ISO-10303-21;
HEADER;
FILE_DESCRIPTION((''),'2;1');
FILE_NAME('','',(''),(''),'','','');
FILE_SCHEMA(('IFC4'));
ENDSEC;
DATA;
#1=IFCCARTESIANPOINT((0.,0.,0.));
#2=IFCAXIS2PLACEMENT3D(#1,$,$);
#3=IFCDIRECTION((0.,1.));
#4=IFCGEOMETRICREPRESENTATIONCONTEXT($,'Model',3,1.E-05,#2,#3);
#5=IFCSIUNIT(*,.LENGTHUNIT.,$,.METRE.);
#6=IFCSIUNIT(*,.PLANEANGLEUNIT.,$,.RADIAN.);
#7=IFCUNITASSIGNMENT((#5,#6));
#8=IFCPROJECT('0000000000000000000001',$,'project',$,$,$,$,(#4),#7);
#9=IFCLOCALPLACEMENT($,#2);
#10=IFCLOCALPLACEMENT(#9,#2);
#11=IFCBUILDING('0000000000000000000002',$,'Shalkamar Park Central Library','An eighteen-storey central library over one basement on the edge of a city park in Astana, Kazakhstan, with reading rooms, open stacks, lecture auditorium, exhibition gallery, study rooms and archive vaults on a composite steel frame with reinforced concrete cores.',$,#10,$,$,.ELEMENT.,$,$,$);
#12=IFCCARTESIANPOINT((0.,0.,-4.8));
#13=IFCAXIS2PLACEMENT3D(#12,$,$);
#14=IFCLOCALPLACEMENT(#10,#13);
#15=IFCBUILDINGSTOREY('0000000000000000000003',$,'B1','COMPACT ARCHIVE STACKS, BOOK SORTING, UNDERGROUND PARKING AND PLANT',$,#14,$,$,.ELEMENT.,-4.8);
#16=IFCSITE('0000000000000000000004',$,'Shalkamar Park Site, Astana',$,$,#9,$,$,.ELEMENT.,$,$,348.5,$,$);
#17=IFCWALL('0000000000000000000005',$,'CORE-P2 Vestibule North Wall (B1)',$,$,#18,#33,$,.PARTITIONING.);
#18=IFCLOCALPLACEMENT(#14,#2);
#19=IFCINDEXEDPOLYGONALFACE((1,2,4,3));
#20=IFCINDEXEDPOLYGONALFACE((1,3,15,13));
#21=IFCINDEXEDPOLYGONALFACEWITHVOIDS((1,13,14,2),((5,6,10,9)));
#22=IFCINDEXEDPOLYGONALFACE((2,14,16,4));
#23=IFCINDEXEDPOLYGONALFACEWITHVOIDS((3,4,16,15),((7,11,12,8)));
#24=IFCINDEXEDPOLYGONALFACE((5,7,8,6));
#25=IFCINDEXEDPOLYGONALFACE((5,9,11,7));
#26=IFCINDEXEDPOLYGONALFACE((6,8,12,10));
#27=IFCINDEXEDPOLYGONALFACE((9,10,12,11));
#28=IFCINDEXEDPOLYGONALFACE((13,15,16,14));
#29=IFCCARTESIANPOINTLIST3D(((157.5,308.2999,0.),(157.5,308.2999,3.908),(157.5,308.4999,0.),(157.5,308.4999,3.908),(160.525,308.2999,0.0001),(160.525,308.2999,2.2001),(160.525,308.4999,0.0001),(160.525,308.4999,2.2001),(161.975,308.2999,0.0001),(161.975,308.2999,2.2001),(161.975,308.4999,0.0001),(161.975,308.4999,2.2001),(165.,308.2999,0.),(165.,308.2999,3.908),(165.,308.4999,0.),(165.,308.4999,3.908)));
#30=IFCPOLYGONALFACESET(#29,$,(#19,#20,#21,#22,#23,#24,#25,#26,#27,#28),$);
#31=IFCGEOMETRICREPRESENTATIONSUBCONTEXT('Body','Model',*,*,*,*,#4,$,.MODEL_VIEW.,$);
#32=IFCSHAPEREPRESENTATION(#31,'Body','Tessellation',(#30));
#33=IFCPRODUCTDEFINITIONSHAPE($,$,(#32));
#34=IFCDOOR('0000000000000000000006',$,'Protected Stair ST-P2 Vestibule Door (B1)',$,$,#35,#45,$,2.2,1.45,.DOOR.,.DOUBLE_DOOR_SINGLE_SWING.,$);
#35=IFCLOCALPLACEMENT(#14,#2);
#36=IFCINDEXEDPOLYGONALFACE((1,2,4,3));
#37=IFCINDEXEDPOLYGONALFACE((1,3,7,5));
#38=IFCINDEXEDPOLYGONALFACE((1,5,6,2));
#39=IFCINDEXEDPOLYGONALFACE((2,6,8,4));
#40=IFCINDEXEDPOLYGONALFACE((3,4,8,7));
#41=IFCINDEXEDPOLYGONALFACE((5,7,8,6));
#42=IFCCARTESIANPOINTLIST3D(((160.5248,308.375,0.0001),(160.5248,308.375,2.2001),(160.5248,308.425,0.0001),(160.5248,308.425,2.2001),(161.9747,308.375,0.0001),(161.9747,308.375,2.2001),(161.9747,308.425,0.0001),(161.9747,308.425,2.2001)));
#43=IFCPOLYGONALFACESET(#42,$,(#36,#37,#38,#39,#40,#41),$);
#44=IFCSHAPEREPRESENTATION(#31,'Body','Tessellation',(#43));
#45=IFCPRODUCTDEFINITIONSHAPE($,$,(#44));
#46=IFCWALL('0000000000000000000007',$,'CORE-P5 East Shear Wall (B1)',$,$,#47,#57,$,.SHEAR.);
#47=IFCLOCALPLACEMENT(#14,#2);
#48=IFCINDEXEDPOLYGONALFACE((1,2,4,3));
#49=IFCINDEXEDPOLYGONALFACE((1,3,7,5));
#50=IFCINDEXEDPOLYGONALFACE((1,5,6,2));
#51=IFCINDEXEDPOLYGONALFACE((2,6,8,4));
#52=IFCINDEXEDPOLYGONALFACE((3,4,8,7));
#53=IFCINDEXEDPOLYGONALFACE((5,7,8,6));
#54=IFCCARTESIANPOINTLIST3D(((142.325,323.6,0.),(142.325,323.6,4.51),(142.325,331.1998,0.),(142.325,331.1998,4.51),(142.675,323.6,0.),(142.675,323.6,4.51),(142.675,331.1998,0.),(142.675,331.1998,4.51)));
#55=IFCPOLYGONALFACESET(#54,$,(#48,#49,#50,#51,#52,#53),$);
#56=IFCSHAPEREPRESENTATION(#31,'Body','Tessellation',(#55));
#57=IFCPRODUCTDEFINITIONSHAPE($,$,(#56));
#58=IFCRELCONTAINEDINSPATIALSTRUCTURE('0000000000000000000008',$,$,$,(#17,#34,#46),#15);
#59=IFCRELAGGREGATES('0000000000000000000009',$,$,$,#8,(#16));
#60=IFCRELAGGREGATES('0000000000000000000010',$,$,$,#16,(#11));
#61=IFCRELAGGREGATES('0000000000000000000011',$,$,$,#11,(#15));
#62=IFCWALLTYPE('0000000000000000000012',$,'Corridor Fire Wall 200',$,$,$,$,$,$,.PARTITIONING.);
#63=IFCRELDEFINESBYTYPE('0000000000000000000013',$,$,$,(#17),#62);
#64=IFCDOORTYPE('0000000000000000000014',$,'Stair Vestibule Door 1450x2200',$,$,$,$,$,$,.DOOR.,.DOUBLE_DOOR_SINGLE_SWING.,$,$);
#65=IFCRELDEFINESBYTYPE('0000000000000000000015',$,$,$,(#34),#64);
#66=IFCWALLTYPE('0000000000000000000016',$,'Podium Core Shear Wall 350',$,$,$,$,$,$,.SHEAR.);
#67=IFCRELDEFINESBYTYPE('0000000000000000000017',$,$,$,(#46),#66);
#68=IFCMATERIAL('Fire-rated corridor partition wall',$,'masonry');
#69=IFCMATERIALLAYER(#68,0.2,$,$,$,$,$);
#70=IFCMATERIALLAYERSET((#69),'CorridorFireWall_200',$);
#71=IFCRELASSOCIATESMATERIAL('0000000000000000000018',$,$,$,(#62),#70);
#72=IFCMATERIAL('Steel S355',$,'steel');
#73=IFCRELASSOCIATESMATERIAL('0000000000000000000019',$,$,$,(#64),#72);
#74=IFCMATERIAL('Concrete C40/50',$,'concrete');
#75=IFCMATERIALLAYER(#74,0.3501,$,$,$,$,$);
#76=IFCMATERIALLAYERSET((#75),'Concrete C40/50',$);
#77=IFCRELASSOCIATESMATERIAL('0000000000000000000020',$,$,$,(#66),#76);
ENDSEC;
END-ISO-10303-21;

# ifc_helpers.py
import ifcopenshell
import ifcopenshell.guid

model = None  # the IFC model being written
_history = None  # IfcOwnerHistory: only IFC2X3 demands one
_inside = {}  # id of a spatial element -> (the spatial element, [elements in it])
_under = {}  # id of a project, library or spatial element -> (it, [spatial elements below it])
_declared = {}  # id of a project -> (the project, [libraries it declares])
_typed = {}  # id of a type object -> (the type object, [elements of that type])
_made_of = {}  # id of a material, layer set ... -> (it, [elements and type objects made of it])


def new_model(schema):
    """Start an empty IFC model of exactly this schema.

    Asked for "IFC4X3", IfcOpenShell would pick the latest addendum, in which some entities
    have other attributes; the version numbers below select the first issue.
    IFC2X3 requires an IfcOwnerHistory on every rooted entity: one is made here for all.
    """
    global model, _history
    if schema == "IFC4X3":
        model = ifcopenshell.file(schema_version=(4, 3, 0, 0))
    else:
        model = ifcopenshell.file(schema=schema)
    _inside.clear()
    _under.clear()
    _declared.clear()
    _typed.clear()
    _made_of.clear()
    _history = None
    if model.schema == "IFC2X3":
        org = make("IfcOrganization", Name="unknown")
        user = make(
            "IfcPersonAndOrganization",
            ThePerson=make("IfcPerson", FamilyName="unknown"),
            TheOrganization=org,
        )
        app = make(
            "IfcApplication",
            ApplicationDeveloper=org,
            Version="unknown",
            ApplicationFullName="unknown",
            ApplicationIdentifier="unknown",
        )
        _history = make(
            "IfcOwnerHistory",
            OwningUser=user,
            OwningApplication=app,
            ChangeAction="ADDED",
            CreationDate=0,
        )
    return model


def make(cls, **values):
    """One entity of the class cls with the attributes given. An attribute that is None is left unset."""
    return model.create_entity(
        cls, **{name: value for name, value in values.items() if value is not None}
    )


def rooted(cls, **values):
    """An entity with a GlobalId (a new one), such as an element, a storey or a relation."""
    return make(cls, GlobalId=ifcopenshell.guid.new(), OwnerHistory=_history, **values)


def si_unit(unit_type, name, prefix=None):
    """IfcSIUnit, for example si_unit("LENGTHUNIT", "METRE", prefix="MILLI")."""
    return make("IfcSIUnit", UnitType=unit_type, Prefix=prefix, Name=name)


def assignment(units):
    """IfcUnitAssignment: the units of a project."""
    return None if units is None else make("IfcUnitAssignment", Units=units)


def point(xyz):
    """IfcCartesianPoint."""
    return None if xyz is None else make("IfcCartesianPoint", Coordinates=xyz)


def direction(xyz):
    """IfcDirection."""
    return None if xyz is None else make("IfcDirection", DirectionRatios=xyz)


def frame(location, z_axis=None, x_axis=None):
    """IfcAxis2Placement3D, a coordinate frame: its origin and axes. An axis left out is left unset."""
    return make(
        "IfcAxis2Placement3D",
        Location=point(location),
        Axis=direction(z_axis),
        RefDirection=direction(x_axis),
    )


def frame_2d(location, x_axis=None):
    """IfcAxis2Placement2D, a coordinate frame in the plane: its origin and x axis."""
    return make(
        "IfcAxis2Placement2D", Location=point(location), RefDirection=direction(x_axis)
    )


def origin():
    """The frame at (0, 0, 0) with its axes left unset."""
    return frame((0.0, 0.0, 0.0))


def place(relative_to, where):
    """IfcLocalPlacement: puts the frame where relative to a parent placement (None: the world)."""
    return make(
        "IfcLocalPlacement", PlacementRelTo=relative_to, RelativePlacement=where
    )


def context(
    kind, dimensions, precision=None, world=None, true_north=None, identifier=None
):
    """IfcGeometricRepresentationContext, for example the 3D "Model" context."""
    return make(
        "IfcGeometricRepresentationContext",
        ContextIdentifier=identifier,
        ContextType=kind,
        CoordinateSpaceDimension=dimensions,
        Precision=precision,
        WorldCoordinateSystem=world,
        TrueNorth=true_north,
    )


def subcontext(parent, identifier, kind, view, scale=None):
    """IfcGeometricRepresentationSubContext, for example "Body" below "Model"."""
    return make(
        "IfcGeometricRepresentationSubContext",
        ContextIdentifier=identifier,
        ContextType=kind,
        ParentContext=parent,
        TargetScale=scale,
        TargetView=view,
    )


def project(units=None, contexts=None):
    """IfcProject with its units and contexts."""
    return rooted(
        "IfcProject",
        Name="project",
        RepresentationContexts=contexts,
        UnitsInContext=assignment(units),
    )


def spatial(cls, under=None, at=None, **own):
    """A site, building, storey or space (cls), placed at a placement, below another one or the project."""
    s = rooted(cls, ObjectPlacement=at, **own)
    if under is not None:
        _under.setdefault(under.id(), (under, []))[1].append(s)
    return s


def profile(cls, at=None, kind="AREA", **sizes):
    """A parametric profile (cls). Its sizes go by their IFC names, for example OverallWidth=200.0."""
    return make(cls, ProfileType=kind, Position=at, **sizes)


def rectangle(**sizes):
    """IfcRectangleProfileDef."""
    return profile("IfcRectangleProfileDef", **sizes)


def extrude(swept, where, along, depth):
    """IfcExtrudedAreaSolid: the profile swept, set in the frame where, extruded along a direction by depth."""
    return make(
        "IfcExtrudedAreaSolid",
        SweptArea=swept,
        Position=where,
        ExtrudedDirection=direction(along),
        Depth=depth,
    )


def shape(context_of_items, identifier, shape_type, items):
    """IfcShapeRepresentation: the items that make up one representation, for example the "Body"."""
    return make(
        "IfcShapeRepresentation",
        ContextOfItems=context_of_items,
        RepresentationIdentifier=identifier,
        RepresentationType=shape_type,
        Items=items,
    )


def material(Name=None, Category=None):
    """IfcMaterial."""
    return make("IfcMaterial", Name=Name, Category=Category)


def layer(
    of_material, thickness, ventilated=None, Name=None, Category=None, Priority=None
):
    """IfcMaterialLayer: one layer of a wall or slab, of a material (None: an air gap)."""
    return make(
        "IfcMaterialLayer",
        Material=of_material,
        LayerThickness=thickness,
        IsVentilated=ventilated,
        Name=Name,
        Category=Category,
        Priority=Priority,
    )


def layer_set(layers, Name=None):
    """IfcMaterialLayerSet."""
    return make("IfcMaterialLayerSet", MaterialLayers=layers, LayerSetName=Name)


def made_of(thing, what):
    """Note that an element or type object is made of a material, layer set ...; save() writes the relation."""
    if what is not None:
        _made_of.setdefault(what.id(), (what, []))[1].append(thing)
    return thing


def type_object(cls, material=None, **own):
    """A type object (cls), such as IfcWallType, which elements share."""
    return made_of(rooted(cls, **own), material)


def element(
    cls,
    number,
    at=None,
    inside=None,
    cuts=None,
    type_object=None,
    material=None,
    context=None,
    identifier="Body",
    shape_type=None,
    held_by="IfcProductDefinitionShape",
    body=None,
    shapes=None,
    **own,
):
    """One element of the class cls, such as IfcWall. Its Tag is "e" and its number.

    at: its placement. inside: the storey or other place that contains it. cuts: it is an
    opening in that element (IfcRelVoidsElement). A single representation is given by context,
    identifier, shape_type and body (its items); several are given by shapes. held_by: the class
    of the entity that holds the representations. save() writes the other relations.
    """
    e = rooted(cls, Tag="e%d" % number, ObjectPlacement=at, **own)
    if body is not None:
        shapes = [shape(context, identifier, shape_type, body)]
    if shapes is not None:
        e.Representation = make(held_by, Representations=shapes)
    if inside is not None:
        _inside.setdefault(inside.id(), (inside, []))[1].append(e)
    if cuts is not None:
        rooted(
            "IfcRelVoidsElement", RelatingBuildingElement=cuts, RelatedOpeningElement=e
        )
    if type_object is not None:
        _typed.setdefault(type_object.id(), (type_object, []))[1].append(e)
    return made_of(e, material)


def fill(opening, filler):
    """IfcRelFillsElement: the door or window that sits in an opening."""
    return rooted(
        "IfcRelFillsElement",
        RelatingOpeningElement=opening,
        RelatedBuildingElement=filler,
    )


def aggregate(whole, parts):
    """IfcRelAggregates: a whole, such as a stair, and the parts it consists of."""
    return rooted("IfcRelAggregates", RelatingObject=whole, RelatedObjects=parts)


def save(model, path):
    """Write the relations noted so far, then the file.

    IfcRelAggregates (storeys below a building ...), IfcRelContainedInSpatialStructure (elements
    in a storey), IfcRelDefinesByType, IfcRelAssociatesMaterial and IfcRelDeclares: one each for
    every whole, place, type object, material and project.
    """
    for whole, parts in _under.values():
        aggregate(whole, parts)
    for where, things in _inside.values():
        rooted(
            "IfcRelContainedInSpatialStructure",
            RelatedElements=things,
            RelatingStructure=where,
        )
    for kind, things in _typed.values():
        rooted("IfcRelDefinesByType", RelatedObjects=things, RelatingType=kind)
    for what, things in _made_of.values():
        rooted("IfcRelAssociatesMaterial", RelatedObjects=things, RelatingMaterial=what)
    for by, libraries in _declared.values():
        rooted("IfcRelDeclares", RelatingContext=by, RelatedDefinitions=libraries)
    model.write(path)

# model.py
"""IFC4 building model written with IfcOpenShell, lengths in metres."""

from ifc_helpers import new_model, si_unit, direction, frame, frame_2d, origin, place, context, subcontext, project, spatial, rectangle, extrude, material, layer, layer_set, type_object, element, fill, save


model = new_model("IFC4")

# Units and contexts
model_context = context("Model", 3, precision=1e-05, world=origin(), true_north=direction((0.0, 1.0)))
body_context = subcontext(model_context, "Body", "Model", "MODEL_VIEW")
ifc_project = project(units=[si_unit("LENGTHUNIT", "METRE"), si_unit("PLANEANGLEUNIT", "RADIAN")], contexts=[model_context])

# Site, building, storey
site_placement = place(None, origin())
site = spatial("IfcSite", under=ifc_project, at=site_placement, Name="Shalkamar Park Site, Astana", CompositionType="ELEMENT", RefElevation=348.5)
building_placement = place(site_placement, origin())
building = spatial("IfcBuilding", under=site, at=building_placement, Name="Shalkamar Park Central Library", Description="An eighteen-storey central library over one basement on the edge of a city park in Astana, Kazakhstan, with reading rooms, open stacks, lecture auditorium, exhibition gallery, study rooms and archive vaults on a composite steel frame with reinforced concrete cores.", CompositionType="ELEMENT")
storey_placement = place(building_placement, frame((0.0, 0.0, -4.8)))
storey = spatial("IfcBuildingStorey", under=building, at=storey_placement, Name="B1", Description="COMPACT ARCHIVE STACKS, BOOK SORTING, UNDERGROUND PARKING AND PLANT", CompositionType="ELEMENT", Elevation=-4.8)

# Shared definitions
ifc_material_1 = material(Name="Concrete C40/50", Category="concrete")
ifc_material_2 = material(Name="Steel S355", Category="steel")

# Wall, opening, door
ifc_material_3 = material(Name="Fire-rated corridor partition wall", Category="masonry")
ifc_layer_1 = layer(ifc_material_3, 0.2)
ifc_layer_set_1 = layer_set([ifc_layer_1], Name="CorridorFireWall_200")
wall_type_1 = type_object("IfcWallType", Name="Corridor Fire Wall 200", PredefinedType="PARTITIONING", material=ifc_layer_set_1)
wall_1_placement = place(storey_placement, frame((157.5, 308.3999, 0.0), z_axis=(0.0, 0.0, 1.0), x_axis=(1.0, 0.0, 0.0)))
wall_1 = element("IfcWall", 1, at=wall_1_placement, inside=storey, type_object=wall_type_1, Name="CORE-P2 Vestibule North Wall (B1)", PredefinedType="PARTITIONING", context=body_context, shape_type="SweptSolid", body=[
    extrude(rectangle(XDim=7.5, YDim=0.2, at=frame_2d((3.75, 0.0))), origin(), (0.0, 0.0, 1.0), 3.908),
])
opening_placement = place(wall_1_placement, frame((3.0249, 0.0, 0.0)))
opening = element("IfcOpeningElement", 2, at=opening_placement, cuts=wall_1, PredefinedType="OPENING", context=body_context, shape_type="SweptSolid", body=[
    extrude(rectangle(XDim=1.45, YDim=2.2, at=frame_2d((0.7251, 1.1001))), frame((0.0, 0.1147, 0.0), z_axis=(0.0, -1.0, 0.0), x_axis=(1.0, 0.0, 0.0)), (0.0, 0.0, 1.0), 0.2297),
])
door_type = type_object("IfcDoorType", Name="Stair Vestibule Door 1450x2200", OperationType="DOUBLE_DOOR_SINGLE_SWING", PredefinedType="DOOR", material=ifc_material_2)
door_placement = place(opening_placement, frame((1.45, 0.0, 0.0), z_axis=(0.0, 0.0, 1.0), x_axis=(-1.0, 0.0, 0.0)))
door = element("IfcDoor", 3, at=door_placement, inside=storey, type_object=door_type, Name="Protected Stair ST-P2 Vestibule Door (B1)", OperationType="DOUBLE_DOOR_SINGLE_SWING", OverallHeight=2.2, OverallWidth=1.45, PredefinedType="DOOR", context=body_context, shape_type="SweptSolid", body=[
    extrude(rectangle(XDim=1.45, YDim=2.2, at=frame_2d((0.7251, 1.1001))), frame((0.0, 0.0249, 0.0), z_axis=(0.0, -1.0, 0.0), x_axis=(1.0, 0.0, 0.0)), (0.0, 0.0, 1.0), 0.05),
])
fill(opening, door)

# Wall
ifc_layer_2 = layer(ifc_material_1, 0.3501)
ifc_layer_set_2 = layer_set([ifc_layer_2], Name="Concrete C40/50")
wall_type_2 = type_object("IfcWallType", Name="Podium Core Shear Wall 350", PredefinedType="SHEAR", material=ifc_layer_set_2)
wall_2_placement = place(storey_placement, frame((142.5, 323.6001, 0.0), z_axis=(0.0, 0.0, 1.0), x_axis=(0.0, 1.0, 0.0)))
element("IfcWall", 4, at=wall_2_placement, inside=storey, type_object=wall_type_2, Name="CORE-P5 East Shear Wall (B1)", PredefinedType="SHEAR", context=body_context, shape_type="SweptSolid", body=[
    extrude(rectangle(XDim=7.5999, YDim=0.3501, at=frame_2d((3.7998, 0.0))), origin(), (0.0, 0.0, 1.0), 4.51),
])

save(model, "model.ifc")
